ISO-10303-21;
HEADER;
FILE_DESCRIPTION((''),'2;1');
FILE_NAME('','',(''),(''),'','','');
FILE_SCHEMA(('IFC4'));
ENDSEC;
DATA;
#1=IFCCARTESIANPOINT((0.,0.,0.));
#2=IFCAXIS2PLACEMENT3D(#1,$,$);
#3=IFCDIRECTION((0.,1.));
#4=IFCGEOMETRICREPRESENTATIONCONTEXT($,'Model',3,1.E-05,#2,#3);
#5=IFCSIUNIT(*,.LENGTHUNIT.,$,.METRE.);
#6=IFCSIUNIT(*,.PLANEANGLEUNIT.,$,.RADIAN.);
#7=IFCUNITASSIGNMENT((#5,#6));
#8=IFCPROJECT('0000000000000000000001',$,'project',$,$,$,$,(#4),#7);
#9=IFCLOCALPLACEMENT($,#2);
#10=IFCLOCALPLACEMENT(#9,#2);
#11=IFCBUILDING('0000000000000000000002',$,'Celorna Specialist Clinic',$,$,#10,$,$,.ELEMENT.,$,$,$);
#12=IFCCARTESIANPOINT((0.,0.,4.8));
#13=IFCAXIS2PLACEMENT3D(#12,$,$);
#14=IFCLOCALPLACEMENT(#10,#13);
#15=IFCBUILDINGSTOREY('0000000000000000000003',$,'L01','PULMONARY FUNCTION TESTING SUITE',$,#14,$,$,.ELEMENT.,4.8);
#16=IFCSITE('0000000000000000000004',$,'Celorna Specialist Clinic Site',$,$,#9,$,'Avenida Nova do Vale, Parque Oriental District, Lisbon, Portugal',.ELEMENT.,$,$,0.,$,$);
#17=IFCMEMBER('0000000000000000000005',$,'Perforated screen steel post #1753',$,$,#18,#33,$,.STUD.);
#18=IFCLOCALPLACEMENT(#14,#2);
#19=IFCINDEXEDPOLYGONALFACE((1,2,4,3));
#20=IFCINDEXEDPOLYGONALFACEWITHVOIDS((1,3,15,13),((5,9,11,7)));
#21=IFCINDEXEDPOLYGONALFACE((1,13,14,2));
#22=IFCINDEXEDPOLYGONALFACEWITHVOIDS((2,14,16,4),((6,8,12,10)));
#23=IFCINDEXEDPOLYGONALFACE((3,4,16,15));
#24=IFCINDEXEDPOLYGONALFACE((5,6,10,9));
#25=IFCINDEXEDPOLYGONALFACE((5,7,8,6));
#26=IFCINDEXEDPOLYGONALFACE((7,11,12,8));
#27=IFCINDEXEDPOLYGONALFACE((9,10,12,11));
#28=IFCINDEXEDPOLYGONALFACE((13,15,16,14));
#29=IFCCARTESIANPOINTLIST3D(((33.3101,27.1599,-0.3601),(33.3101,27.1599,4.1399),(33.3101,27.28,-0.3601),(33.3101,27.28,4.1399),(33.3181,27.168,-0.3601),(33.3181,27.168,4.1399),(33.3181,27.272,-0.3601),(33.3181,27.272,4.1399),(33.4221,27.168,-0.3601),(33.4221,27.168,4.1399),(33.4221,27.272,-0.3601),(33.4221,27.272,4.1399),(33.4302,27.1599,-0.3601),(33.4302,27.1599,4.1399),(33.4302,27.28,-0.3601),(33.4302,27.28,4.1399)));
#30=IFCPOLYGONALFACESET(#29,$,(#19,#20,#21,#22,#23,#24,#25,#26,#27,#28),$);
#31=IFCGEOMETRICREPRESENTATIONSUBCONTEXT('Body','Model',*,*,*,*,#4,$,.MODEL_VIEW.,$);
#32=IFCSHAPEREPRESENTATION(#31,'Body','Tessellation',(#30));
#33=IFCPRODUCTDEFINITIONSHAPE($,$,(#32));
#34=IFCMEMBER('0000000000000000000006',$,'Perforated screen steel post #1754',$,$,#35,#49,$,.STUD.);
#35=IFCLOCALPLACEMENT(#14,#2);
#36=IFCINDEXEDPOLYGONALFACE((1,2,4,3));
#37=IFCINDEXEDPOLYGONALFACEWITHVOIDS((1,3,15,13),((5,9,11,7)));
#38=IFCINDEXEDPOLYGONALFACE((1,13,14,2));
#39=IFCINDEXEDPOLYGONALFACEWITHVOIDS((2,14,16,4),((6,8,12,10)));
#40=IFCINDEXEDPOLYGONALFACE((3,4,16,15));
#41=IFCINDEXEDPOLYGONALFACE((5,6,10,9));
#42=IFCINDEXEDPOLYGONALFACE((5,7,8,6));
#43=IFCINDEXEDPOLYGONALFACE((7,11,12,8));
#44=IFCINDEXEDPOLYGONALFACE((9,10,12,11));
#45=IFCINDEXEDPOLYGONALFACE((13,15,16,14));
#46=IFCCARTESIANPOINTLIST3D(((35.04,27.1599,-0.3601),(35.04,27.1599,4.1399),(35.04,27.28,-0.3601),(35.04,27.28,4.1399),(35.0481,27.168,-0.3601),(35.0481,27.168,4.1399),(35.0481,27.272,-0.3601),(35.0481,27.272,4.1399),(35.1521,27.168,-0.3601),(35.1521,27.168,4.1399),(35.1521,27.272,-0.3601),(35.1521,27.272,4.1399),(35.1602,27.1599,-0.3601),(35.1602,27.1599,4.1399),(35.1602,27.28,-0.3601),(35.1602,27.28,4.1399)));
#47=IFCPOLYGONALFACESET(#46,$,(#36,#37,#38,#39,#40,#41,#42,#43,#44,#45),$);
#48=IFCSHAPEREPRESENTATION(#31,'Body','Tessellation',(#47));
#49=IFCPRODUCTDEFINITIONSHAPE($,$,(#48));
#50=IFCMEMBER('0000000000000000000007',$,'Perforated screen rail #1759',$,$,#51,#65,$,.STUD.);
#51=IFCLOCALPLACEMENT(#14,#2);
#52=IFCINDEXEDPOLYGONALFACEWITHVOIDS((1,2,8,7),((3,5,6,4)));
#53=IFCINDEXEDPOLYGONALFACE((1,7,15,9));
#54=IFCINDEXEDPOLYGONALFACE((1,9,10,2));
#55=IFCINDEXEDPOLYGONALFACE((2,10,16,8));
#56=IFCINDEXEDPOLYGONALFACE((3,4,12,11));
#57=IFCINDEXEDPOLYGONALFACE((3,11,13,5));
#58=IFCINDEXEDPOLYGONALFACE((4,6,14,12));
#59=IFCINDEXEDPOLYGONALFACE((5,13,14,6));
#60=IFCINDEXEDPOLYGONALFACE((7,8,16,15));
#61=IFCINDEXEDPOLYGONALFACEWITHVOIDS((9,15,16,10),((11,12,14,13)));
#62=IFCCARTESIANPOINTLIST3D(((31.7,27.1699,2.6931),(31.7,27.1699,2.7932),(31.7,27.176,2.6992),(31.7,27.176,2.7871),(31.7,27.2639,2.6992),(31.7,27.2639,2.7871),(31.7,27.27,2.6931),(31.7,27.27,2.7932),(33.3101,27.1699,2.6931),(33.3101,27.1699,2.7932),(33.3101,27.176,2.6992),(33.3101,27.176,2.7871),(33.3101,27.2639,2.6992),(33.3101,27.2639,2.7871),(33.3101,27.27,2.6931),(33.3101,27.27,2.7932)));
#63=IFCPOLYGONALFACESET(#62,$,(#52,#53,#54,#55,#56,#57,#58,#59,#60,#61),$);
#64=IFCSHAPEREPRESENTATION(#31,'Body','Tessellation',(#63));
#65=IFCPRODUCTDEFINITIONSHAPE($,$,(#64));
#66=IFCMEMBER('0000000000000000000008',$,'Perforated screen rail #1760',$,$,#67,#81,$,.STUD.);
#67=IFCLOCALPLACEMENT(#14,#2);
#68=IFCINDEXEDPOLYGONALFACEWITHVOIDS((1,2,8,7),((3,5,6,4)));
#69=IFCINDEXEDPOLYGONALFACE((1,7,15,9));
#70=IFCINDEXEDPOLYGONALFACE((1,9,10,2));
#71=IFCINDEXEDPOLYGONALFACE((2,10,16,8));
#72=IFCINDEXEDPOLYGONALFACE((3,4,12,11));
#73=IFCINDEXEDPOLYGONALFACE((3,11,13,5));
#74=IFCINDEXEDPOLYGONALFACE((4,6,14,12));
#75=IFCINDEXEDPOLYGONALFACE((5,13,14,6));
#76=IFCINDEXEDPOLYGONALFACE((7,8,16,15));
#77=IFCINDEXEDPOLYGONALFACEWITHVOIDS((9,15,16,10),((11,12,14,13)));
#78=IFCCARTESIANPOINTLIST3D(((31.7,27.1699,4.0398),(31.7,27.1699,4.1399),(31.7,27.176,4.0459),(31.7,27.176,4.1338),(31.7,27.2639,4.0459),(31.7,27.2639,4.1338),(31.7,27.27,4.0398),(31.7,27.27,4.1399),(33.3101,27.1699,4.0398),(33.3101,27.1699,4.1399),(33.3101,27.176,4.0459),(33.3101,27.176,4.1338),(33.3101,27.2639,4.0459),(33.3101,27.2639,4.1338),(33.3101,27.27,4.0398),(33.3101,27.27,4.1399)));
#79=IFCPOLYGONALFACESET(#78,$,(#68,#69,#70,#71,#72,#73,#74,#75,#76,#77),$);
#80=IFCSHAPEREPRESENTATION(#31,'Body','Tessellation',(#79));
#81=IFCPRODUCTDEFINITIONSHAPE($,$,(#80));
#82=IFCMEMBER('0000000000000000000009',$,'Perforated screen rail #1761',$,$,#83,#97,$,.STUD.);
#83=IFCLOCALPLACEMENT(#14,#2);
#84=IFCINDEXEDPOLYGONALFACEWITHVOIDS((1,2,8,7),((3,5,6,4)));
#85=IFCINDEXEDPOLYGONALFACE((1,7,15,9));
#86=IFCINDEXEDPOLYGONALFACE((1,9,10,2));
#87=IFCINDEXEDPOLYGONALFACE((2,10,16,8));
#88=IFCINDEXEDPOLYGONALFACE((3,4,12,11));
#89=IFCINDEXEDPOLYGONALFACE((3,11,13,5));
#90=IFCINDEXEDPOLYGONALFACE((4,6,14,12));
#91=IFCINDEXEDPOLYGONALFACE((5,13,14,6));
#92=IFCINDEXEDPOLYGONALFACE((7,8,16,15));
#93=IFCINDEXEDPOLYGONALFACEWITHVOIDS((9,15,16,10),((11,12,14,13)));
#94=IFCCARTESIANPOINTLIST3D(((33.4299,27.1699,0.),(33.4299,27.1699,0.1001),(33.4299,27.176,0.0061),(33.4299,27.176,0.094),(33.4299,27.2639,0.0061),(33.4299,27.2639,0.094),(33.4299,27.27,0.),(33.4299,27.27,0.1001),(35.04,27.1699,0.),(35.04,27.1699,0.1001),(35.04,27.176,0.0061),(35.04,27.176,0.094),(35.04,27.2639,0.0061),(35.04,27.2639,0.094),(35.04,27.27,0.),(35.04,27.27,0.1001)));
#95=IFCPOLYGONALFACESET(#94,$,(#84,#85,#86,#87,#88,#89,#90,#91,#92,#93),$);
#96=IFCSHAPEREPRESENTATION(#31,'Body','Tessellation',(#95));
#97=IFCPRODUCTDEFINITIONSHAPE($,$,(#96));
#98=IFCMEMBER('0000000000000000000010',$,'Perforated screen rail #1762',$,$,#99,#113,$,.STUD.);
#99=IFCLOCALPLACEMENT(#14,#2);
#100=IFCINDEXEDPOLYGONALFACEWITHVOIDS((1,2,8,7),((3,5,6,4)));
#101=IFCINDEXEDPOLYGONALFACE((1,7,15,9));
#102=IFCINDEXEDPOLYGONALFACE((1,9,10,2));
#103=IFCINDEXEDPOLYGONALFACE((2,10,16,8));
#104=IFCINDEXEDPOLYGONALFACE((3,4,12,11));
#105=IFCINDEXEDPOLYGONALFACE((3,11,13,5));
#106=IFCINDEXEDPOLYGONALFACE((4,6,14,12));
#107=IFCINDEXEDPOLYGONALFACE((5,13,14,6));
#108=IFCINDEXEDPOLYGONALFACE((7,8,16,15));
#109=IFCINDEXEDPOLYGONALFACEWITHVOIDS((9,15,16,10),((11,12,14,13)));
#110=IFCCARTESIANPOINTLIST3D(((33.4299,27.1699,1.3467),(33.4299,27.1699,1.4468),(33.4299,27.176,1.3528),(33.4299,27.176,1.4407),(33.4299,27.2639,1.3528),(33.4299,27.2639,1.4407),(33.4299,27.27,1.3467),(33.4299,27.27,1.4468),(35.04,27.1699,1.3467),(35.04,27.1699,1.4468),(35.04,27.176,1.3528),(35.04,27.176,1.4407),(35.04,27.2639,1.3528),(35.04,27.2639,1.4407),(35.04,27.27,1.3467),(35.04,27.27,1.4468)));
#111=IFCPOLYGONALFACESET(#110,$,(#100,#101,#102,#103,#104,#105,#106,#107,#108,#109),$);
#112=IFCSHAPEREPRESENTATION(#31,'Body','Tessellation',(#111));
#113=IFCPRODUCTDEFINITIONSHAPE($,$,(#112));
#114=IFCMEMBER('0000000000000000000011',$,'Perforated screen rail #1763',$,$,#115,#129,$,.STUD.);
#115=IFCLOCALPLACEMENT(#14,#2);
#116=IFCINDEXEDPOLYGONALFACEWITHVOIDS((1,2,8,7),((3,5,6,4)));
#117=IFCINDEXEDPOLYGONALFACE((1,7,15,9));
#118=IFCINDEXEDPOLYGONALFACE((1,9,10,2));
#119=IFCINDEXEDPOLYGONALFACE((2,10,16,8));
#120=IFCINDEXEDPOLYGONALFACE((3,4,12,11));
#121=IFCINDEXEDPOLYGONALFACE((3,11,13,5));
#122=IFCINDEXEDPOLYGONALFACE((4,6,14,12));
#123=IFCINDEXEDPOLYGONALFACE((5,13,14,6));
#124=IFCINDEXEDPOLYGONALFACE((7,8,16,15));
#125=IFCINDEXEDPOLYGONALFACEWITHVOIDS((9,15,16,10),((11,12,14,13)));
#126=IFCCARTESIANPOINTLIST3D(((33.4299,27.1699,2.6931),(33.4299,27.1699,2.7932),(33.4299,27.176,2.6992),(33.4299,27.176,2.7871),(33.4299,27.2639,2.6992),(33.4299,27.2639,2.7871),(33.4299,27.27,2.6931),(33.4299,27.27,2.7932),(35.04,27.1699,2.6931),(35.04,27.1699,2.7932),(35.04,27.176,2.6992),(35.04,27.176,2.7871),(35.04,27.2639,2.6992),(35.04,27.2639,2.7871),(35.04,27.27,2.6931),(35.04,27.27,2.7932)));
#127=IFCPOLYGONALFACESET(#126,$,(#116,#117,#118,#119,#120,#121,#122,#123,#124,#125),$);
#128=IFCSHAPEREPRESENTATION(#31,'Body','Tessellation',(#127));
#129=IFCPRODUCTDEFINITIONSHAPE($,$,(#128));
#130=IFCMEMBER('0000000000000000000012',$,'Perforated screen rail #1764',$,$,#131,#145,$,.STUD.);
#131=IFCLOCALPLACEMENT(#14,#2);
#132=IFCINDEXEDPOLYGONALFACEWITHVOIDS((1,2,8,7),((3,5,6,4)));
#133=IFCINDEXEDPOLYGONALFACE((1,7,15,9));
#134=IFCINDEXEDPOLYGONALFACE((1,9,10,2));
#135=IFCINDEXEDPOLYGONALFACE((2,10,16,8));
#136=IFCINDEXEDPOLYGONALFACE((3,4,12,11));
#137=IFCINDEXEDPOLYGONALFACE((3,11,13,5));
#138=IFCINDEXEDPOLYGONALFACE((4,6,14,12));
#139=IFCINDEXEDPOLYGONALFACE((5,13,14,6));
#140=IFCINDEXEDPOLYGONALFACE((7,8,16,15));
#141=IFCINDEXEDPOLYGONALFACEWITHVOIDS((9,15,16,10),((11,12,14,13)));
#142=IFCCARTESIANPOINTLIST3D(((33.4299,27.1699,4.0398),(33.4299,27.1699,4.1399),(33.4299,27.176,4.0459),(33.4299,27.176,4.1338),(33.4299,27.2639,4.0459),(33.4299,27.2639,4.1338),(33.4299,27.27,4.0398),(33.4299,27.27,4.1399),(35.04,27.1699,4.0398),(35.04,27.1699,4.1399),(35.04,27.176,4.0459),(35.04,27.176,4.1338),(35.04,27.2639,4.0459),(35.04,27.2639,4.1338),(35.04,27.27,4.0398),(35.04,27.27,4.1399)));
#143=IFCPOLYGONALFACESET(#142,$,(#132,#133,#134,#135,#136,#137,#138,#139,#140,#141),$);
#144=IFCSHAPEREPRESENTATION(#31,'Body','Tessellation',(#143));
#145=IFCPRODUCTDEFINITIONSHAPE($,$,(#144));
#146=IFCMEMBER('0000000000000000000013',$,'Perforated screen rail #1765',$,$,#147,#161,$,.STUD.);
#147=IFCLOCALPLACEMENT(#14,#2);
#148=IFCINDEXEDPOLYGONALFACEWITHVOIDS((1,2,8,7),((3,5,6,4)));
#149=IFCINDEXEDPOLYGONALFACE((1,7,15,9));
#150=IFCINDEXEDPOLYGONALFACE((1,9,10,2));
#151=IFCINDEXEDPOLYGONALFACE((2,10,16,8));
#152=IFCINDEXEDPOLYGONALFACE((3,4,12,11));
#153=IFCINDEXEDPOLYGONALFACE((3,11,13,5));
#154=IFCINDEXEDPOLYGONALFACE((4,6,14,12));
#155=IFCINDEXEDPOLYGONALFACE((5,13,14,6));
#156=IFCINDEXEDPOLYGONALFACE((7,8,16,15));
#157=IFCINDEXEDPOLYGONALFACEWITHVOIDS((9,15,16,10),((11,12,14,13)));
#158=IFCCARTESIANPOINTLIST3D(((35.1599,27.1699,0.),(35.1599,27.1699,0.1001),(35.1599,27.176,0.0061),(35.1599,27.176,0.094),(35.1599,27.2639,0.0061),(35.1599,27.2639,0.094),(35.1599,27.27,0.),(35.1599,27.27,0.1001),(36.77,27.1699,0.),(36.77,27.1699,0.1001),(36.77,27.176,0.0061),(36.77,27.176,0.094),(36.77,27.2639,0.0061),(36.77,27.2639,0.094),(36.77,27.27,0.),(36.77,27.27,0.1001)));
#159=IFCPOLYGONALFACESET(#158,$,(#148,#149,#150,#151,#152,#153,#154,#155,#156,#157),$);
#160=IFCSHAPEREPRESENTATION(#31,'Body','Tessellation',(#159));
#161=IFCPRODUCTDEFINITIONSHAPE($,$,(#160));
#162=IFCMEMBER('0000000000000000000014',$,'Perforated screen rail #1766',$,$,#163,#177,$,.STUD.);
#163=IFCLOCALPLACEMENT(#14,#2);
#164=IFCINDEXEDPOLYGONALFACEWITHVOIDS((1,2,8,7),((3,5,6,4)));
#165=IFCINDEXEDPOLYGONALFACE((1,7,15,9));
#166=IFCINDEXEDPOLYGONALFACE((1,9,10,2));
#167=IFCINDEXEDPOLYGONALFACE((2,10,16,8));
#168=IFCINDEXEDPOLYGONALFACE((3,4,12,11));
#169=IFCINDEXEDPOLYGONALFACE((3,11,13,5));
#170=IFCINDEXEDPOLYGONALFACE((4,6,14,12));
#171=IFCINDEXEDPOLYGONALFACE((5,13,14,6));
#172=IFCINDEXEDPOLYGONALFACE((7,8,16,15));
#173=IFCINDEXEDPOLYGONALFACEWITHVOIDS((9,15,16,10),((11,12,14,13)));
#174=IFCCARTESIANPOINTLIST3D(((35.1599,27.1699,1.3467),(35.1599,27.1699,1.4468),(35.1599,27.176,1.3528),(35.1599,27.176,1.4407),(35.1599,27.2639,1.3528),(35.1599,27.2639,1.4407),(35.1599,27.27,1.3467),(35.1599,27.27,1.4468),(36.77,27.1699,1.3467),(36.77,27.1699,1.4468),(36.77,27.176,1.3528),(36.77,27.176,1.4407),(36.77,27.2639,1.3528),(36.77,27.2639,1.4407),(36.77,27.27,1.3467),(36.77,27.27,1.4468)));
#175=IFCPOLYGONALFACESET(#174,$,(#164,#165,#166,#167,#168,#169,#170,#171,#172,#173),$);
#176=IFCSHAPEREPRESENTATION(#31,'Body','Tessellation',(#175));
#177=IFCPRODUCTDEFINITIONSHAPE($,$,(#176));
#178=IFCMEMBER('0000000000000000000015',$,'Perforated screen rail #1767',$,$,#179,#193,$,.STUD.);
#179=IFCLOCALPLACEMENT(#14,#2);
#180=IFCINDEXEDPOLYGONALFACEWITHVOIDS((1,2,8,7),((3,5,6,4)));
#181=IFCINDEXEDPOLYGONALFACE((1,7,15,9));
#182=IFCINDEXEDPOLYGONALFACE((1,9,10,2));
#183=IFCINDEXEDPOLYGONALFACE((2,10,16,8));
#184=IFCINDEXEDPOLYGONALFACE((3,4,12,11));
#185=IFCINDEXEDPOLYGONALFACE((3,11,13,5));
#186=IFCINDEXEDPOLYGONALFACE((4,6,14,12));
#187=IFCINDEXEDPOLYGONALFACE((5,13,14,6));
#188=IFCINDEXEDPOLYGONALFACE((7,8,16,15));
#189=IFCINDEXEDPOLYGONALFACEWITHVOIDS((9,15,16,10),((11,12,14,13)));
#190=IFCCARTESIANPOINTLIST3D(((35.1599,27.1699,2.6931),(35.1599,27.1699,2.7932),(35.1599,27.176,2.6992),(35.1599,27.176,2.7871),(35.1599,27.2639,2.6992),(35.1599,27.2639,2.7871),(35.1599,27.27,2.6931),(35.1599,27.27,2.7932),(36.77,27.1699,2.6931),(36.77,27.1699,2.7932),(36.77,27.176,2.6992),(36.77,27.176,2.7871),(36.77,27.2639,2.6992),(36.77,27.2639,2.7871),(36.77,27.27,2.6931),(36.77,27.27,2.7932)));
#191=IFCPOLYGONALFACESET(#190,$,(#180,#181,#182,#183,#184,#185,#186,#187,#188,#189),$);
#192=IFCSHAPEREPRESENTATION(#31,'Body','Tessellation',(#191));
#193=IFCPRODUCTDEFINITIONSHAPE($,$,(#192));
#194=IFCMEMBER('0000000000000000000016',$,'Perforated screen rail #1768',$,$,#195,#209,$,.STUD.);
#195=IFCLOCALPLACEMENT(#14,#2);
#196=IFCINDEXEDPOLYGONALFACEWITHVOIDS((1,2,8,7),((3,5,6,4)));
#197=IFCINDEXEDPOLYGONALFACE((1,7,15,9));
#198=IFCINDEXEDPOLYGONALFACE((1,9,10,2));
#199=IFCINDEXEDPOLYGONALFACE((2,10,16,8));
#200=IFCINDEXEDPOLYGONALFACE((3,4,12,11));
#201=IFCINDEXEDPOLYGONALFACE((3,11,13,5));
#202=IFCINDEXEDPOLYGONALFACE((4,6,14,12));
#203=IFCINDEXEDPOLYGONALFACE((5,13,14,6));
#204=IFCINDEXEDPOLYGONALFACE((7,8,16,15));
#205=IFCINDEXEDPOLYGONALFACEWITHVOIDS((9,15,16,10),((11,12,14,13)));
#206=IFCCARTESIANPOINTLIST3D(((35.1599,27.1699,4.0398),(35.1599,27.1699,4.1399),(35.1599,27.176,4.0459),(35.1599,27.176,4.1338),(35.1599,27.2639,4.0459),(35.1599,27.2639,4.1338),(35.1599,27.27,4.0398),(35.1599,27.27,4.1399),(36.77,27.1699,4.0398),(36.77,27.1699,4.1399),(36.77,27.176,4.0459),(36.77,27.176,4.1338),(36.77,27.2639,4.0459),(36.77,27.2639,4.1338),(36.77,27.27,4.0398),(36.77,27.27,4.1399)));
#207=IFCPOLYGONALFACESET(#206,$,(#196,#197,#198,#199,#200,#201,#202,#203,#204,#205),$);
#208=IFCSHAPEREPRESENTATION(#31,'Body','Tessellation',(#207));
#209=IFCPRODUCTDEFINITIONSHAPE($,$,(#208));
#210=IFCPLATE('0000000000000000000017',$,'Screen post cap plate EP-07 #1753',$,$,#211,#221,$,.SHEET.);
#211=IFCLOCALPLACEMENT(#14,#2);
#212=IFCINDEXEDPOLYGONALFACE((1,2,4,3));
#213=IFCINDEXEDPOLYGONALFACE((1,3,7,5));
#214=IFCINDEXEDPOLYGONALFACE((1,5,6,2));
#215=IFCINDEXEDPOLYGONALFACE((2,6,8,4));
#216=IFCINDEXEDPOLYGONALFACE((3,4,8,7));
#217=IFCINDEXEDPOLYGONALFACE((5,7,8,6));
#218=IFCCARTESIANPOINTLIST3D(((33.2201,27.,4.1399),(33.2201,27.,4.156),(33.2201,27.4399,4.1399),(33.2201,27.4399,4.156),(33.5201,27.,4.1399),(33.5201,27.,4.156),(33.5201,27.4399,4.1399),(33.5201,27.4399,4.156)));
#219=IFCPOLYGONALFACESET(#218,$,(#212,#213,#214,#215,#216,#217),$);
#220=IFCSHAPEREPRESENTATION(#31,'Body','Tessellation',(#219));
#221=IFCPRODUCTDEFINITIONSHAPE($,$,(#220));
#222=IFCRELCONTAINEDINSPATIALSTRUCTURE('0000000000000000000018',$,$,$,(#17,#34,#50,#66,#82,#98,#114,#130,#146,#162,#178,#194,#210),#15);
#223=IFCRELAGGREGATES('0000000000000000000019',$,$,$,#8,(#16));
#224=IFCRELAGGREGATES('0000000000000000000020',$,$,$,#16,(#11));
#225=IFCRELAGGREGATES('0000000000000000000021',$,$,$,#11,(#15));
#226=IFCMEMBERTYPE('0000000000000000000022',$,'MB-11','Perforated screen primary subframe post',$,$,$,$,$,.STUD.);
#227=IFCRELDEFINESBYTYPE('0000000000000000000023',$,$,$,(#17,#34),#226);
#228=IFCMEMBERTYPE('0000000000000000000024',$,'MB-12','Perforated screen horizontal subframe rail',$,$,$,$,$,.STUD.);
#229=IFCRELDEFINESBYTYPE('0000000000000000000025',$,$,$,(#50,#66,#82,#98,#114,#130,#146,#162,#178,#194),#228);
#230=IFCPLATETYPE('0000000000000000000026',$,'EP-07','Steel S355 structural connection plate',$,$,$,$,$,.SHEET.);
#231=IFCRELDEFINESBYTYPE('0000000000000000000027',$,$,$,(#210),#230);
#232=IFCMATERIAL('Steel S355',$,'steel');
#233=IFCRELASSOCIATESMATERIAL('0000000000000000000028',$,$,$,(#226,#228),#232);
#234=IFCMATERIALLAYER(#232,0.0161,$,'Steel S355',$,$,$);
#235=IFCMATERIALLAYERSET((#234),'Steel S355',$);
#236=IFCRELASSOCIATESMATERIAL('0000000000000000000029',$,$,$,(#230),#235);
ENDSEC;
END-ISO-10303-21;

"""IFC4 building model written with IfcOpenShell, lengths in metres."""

from ifc_helpers import new_model, si_unit, direction, frame, origin, origin_2d, place, context, subcontext, project, spatial, rectangle, hollow_rectangle, extrude, material, layer, layer_set, material_profile, profile_set, type_object, element, save


model = new_model("IFC4")

# Units and contexts
model_context = context("Model", 3, precision=1e-05, world=origin(), true_north=direction((0.0, 1.0)))
body_context = subcontext(model_context, "Body", "Model", "MODEL_VIEW")
ifc_project = project(units=[si_unit("LENGTHUNIT", "METRE"), si_unit("PLANEANGLEUNIT", "RADIAN")], contexts=[model_context])

# Site, building, storey
site_placement = place(None, origin())
site = spatial("IfcSite", under=ifc_project, at=site_placement, Name="Celorna Specialist Clinic Site", LongName="Avenida Nova do Vale, Parque Oriental District, Lisbon, Portugal", CompositionType="ELEMENT", RefElevation=0.0)
building_placement = place(site_placement, origin())
building = spatial("IfcBuilding", under=site, at=building_placement, Name="Celorna Specialist Clinic", CompositionType="ELEMENT")
storey_placement = place(building_placement, frame((0.0, 0.0, 4.8)))
storey = spatial("IfcBuildingStorey", under=building, at=storey_placement, Name="L01", Description="PULMONARY FUNCTION TESTING SUITE", CompositionType="ELEMENT", Elevation=4.8)

# Members
ifc_material_1 = material(Name="Steel S355", Category="steel")
ifc_material_profile_1 = material_profile(ifc_material_1, hollow_rectangle(XDim=0.1201, YDim=0.1201, WallThickness=0.0081, at=origin_2d()), Name="SHS 120x120x8")
ifc_profile_set_1 = profile_set([ifc_material_profile_1], Name="Steel S355")
member_type_1 = type_object("IfcMemberType", Name="MB-11", Description="Perforated screen primary subframe post", PredefinedType="STUD", material=ifc_profile_set_1)
for number, where, z_axis, x_axis, name in (
    (1, (33.3701, 27.22, -0.3601), (0.0, 0.0, 1.0), (1.0, 0.0, 0.0), "Perforated screen steel post #1753"),
    (2, (35.1001, 27.22, -0.3601), (0.0, 0.0, 1.0), (1.0, 0.0, 0.0), "Perforated screen steel post #1754"),
):
    element("IfcMember", number, at=place(storey_placement, frame(where, z_axis=z_axis, x_axis=x_axis)), inside=storey, type_object=member_type_1, Name=name, PredefinedType="STUD", context=body_context, shape_type="SweptSolid", body=[
        extrude(hollow_rectangle(XDim=0.1201, YDim=0.1201, WallThickness=0.0081, at=origin_2d()), origin(), (0.0, 0.0, 1.0), 4.5),
    ])
ifc_material_profile_2 = material_profile(ifc_material_1, hollow_rectangle(XDim=0.1001, YDim=0.1001, WallThickness=0.0061, at=origin_2d()), Name="SHS 100x100x6")
ifc_profile_set_2 = profile_set([ifc_material_profile_2], Name="Steel S355")
member_type_2 = type_object("IfcMemberType", Name="MB-12", Description="Perforated screen horizontal subframe rail", PredefinedType="STUD", material=ifc_profile_set_2)
for number, where, z_axis, x_axis, name in (
    (3, (31.7, 27.22, 2.7432), (1.0, 0.0, 0.0), (0.0, 1.0, 0.0), "Perforated screen rail #1759"),
    (4, (31.7, 27.22, 4.0898), (1.0, 0.0, 0.0), (0.0, 1.0, 0.0), "Perforated screen rail #1760"),
    (5, (33.4299, 27.22, 0.05), (1.0, 0.0, 0.0), (0.0, 1.0, 0.0), "Perforated screen rail #1761"),
    (6, (33.4299, 27.22, 1.3967), (1.0, 0.0, 0.0), (0.0, 1.0, 0.0), "Perforated screen rail #1762"),
    (7, (33.4299, 27.22, 2.7432), (1.0, 0.0, 0.0), (0.0, 1.0, 0.0), "Perforated screen rail #1763"),
    (8, (33.4299, 27.22, 4.0898), (1.0, 0.0, 0.0), (0.0, 1.0, 0.0), "Perforated screen rail #1764"),
    (9, (35.1599, 27.22, 0.05), (1.0, 0.0, 0.0), (0.0, 1.0, 0.0), "Perforated screen rail #1765"),
    (10, (35.1599, 27.22, 1.3967), (1.0, 0.0, 0.0), (0.0, 1.0, 0.0), "Perforated screen rail #1766"),
    (11, (35.1599, 27.22, 2.7432), (1.0, 0.0, 0.0), (0.0, 1.0, 0.0), "Perforated screen rail #1767"),
    (12, (35.1599, 27.22, 4.0898), (1.0, 0.0, 0.0), (0.0, 1.0, 0.0), "Perforated screen rail #1768"),
):
    element("IfcMember", number, at=place(storey_placement, frame(where, z_axis=z_axis, x_axis=x_axis)), inside=storey, type_object=member_type_2, Name=name, PredefinedType="STUD", context=body_context, shape_type="SweptSolid", body=[
        extrude(hollow_rectangle(XDim=0.1001, YDim=0.1001, WallThickness=0.0061, at=origin_2d()), origin(), (0.0, 0.0, 1.0), 1.6101),
    ])

# Plate
ifc_layer_1 = layer(ifc_material_1, 0.0161, Name="Steel S355")
ifc_layer_set_1 = layer_set([ifc_layer_1], Name="Steel S355")
plate_type_1 = type_object("IfcPlateType", Name="EP-07", Description="Steel S355 structural connection plate", PredefinedType="SHEET", material=ifc_layer_set_1)
plate_1_placement = place(storey_placement, frame((33.3701, 27.22, 4.1399), z_axis=(0.0, 0.0, 1.0), x_axis=(1.0, 0.0, 0.0)))
element("IfcPlate", 13, at=plate_1_placement, inside=storey, type_object=plate_type_1, Name="Screen post cap plate EP-07 #1753", PredefinedType="SHEET", context=body_context, shape_type="SweptSolid", body=[
    extrude(rectangle(XDim=0.3, YDim=0.4399, at=origin_2d()), origin(), (0.0, 0.0, 1.0), 0.0161),
])

save(model, "model.ifc")
